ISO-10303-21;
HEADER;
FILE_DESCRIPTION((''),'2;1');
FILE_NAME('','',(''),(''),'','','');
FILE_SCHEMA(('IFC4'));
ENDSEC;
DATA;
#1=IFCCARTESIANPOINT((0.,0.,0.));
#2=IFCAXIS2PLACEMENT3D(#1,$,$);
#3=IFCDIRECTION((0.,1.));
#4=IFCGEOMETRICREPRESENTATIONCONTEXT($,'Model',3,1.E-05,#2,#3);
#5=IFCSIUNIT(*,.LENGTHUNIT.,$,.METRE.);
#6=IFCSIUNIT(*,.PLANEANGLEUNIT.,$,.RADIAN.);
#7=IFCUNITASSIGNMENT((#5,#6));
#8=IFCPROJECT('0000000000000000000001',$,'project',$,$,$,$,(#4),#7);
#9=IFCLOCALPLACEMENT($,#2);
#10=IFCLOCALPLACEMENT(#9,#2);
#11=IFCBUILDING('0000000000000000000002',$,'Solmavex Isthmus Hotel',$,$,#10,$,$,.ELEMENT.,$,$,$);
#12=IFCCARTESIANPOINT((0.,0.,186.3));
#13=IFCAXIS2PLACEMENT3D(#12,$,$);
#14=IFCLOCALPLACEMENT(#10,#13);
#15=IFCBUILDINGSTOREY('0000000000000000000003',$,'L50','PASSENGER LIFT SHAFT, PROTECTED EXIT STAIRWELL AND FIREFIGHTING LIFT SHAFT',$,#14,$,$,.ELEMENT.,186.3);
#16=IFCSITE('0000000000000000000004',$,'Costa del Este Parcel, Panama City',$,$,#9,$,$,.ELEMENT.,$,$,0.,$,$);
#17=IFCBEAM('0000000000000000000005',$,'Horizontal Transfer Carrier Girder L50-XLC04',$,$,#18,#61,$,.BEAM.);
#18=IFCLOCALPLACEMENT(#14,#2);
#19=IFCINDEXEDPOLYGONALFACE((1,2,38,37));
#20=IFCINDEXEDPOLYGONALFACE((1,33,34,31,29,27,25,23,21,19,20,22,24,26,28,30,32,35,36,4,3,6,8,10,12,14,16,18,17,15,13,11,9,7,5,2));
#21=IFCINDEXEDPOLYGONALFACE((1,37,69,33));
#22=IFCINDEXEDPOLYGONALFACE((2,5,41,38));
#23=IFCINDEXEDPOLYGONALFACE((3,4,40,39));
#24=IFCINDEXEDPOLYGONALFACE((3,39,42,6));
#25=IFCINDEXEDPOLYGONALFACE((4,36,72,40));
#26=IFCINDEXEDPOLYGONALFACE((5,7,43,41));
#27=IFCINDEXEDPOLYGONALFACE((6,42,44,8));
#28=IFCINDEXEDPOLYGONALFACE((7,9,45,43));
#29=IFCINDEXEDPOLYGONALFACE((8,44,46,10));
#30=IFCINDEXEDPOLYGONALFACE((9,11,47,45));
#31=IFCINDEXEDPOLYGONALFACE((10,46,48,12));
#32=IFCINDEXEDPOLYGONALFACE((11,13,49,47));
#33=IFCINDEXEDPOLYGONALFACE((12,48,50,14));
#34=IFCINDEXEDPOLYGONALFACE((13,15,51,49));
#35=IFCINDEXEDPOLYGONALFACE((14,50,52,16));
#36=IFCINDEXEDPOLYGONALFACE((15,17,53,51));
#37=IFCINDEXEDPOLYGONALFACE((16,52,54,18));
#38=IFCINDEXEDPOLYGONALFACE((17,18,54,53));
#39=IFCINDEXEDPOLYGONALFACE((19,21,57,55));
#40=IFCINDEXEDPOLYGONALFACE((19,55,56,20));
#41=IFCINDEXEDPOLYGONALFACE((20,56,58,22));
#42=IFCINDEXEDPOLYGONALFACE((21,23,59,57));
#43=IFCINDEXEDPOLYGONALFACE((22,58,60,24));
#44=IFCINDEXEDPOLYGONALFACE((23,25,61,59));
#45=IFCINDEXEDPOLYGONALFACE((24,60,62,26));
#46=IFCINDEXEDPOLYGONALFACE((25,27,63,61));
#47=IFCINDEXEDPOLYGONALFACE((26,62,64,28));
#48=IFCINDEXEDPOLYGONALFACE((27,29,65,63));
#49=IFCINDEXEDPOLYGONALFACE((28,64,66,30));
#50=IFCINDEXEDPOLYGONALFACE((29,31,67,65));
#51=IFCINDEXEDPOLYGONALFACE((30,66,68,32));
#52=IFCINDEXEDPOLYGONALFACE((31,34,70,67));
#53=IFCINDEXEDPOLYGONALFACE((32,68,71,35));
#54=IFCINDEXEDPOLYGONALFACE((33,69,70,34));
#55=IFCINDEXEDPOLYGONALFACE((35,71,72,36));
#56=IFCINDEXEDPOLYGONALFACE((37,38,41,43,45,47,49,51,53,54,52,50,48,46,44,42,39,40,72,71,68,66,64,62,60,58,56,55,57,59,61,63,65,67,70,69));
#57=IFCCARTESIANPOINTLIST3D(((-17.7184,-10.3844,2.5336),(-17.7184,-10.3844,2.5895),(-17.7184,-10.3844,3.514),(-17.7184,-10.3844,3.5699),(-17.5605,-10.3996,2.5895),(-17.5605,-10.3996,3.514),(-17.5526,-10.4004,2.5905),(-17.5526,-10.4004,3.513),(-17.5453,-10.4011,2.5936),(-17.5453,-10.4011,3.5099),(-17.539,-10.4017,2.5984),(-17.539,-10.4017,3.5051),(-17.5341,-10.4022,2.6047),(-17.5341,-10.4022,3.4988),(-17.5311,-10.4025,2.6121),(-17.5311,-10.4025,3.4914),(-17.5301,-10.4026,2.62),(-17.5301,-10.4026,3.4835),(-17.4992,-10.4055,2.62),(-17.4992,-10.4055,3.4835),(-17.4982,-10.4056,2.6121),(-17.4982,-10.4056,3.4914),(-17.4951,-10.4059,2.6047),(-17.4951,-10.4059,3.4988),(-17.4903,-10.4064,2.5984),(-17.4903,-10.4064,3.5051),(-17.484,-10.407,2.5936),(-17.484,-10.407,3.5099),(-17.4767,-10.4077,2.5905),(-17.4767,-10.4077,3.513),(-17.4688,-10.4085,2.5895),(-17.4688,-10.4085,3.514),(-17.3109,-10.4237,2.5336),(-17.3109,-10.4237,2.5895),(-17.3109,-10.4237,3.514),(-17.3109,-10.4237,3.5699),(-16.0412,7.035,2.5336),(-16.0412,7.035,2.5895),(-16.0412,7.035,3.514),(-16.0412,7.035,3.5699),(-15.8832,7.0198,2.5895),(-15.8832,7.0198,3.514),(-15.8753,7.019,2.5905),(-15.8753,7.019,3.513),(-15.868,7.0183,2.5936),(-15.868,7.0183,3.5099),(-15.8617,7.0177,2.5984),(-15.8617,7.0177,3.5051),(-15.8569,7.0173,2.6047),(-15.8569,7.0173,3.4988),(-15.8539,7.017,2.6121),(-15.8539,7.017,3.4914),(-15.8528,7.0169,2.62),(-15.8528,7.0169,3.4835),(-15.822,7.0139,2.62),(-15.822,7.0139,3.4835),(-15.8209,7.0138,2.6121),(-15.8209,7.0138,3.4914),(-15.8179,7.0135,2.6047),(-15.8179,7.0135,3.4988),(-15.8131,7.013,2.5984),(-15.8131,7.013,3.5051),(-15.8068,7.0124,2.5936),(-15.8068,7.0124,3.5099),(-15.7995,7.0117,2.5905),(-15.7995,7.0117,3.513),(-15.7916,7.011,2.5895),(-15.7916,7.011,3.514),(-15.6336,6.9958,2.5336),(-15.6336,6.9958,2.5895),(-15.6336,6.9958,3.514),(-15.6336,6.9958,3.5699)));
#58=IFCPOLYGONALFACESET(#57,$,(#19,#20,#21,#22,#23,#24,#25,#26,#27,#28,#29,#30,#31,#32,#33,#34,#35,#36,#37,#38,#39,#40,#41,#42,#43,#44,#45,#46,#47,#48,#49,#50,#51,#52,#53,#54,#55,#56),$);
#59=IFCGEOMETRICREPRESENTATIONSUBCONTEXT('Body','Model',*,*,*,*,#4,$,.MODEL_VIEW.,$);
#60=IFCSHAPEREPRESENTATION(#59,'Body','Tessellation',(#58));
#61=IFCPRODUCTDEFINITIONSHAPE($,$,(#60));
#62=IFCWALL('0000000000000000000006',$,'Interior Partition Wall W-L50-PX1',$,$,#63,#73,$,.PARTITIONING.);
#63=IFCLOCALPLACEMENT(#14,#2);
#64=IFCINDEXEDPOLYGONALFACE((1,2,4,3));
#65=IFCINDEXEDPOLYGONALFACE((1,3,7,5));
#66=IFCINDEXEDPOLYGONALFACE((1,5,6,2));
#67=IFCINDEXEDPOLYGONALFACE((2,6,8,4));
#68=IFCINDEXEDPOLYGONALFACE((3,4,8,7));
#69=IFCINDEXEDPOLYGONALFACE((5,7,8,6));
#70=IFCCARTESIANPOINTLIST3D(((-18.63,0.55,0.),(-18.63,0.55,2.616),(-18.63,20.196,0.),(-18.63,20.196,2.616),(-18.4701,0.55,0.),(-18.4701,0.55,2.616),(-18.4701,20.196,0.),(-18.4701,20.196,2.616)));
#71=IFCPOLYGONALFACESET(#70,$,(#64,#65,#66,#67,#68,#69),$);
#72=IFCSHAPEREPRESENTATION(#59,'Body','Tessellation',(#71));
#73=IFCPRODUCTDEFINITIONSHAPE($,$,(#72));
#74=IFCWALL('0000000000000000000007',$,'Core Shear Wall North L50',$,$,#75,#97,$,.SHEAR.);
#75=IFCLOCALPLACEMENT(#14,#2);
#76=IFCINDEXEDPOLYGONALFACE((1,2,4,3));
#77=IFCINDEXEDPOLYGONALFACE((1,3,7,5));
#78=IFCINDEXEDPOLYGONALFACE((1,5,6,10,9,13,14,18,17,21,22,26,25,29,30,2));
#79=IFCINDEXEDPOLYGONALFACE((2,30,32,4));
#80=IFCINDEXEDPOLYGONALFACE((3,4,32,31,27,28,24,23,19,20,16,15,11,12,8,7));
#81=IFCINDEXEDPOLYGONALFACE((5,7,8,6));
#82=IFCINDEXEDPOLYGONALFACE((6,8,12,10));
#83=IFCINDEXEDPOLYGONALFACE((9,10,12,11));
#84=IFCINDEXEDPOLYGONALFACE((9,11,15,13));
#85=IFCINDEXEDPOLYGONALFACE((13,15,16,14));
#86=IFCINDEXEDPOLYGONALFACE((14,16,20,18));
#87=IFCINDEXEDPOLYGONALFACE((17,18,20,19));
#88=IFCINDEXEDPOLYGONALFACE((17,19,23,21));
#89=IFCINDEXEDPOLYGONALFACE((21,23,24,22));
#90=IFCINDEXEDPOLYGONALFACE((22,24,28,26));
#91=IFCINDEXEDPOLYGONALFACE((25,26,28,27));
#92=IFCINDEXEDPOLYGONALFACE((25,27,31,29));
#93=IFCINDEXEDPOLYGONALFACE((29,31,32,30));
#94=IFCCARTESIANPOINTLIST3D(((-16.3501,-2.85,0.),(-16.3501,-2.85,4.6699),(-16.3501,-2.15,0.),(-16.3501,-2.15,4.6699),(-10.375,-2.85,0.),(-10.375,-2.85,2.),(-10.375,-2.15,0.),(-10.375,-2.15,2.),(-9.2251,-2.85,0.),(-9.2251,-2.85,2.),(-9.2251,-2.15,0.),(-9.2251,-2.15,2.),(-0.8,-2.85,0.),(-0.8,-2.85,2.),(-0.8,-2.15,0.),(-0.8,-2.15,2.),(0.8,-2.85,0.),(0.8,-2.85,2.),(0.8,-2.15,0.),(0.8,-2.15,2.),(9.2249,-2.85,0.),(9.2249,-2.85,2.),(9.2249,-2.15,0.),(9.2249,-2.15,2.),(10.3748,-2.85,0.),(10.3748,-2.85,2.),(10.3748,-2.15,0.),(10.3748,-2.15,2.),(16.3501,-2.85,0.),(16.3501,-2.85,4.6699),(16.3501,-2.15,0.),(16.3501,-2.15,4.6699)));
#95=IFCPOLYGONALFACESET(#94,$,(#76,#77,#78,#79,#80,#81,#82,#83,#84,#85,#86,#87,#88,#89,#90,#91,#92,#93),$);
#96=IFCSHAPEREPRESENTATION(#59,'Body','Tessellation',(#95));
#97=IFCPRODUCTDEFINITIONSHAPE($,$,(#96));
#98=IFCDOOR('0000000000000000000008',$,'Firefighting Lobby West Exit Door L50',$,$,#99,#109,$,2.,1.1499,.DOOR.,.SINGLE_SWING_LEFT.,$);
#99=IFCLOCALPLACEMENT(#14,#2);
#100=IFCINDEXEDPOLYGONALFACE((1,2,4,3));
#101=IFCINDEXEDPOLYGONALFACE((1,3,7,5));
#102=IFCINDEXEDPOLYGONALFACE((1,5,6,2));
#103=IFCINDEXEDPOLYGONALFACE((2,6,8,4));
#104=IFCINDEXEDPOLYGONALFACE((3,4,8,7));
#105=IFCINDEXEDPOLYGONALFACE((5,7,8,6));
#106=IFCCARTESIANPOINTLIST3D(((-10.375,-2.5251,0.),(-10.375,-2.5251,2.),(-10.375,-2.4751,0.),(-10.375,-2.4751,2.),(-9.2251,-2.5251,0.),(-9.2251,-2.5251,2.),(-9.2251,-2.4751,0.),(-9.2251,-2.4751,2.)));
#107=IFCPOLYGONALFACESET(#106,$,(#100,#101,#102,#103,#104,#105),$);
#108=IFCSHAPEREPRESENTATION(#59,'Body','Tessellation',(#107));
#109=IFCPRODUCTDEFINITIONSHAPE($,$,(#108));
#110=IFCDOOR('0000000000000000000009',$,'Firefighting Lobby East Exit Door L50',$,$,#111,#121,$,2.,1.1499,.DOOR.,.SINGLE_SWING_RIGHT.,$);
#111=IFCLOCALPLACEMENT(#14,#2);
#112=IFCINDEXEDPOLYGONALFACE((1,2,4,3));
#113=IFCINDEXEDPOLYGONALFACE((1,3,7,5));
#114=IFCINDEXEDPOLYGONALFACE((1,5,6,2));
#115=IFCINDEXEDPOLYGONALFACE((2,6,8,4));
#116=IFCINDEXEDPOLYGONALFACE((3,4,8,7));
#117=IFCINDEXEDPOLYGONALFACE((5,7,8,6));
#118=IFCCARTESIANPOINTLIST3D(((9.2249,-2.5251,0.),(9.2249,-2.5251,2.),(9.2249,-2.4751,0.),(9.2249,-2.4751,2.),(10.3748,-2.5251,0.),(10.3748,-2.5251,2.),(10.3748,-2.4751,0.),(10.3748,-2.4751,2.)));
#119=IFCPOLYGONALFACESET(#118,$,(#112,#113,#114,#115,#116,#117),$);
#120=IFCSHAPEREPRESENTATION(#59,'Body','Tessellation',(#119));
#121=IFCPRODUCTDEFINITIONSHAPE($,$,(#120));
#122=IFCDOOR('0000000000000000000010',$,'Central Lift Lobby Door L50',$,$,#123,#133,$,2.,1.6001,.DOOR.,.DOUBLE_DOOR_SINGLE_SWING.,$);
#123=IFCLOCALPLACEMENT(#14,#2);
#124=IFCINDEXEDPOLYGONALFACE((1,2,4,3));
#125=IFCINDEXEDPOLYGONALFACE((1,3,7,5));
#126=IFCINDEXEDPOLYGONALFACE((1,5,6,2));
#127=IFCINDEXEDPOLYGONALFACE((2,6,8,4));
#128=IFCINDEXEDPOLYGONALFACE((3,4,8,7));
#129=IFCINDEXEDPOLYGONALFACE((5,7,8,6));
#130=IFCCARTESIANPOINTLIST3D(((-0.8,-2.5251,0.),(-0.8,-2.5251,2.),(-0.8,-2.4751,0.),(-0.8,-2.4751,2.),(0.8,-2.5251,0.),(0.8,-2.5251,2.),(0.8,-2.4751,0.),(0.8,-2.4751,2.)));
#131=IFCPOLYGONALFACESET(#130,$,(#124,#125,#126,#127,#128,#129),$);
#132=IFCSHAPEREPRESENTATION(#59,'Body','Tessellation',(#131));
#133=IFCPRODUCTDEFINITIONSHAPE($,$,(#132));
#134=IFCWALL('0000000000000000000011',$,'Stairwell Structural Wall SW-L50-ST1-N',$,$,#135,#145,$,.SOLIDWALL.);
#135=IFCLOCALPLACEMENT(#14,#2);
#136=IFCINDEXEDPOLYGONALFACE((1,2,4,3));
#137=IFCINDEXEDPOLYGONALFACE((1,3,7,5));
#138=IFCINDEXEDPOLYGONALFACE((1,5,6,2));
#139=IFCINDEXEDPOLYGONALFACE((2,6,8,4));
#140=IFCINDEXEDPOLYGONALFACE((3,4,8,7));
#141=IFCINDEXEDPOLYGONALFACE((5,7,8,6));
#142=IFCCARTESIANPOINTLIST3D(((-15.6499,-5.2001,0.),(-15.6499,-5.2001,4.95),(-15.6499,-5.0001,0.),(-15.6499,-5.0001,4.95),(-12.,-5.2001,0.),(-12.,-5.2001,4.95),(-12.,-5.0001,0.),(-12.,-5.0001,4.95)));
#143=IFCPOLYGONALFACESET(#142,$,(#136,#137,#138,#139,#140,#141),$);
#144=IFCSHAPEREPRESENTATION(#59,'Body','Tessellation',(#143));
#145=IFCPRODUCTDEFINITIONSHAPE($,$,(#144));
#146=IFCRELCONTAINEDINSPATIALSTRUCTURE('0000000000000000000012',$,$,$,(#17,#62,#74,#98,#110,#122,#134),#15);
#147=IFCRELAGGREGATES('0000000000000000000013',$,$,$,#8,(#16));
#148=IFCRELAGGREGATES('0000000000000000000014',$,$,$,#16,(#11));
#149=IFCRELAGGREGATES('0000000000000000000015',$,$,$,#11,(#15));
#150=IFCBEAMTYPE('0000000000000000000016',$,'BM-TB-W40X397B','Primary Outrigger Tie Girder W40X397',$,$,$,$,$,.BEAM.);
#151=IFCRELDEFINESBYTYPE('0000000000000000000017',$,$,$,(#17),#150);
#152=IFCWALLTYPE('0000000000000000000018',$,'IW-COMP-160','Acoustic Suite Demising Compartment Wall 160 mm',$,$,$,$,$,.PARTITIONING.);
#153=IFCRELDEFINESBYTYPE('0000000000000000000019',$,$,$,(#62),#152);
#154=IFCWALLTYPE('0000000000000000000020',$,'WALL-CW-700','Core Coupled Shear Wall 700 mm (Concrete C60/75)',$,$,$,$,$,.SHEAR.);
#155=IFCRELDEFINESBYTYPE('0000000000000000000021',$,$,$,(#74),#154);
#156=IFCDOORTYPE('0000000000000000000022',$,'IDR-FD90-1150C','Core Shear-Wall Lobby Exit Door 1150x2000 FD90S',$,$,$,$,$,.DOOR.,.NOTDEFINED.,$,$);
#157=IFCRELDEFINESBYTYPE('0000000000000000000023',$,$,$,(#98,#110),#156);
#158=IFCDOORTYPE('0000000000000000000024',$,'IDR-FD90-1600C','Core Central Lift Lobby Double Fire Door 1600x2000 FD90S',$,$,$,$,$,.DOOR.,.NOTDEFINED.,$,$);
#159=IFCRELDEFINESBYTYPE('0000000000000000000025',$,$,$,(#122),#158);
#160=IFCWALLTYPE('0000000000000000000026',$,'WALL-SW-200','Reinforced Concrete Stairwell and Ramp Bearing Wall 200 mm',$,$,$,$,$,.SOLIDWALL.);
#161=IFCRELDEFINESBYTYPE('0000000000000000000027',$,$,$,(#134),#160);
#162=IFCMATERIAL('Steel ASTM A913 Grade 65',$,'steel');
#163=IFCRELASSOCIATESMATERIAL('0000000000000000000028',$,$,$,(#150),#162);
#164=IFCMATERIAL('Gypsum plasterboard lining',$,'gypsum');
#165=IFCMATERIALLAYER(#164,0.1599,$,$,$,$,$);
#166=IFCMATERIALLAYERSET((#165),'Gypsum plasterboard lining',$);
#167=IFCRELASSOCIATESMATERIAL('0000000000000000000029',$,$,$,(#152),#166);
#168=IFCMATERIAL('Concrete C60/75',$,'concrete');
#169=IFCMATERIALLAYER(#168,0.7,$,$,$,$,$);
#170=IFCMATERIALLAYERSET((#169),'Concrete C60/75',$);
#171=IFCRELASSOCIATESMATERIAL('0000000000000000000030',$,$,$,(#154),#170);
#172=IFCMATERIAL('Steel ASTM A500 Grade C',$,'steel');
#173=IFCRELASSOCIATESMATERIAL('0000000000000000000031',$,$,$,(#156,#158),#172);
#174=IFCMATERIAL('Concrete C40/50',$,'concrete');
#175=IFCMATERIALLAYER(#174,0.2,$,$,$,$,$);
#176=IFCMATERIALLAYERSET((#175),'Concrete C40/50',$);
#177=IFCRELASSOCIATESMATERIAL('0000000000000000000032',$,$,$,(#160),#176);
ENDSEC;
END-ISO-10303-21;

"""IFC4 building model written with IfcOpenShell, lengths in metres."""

from ifc_helpers import new_model, si_unit, direction, frame, frame_2d, origin, origin_2d, place, context, subcontext, project, spatial, rectangle, i_section, extrude, material, layer, layer_set, material_profile, profile_set, type_object, element, fill, save


model = new_model("IFC4")

# Units and contexts
model_context = context("Model", 3, precision=1e-05, world=origin(), true_north=direction((0.0, 1.0)))
body_context = subcontext(model_context, "Body", "Model", "MODEL_VIEW")
ifc_project = project(units=[si_unit("LENGTHUNIT", "METRE"), si_unit("PLANEANGLEUNIT", "RADIAN")], contexts=[model_context])

# Site, building, storey
site_placement = place(None, origin())
site = spatial("IfcSite", under=ifc_project, at=site_placement, Name="Costa del Este Parcel, Panama City", CompositionType="ELEMENT", RefElevation=0.0)
building_placement = place(site_placement, origin())
building = spatial("IfcBuilding", under=site, at=building_placement, Name="Solmavex Isthmus Hotel", CompositionType="ELEMENT")
storey_placement = place(building_placement, frame((0.0, 0.0, 186.3)))
storey = spatial("IfcBuildingStorey", under=building, at=storey_placement, Name="L50", Description="PASSENGER LIFT SHAFT, PROTECTED EXIT STAIRWELL AND FIREFIGHTING LIFT SHAFT", CompositionType="ELEMENT", Elevation=186.3)

# Shared definitions
ifc_material_1 = material(Name="Concrete C60/75", Category="concrete")

# Beam
ifc_material_2 = material(Name="Steel ASTM A913 Grade 65", Category="steel")
ifc_material_profile_1 = material_profile(ifc_material_2, i_section(OverallWidth=0.4094, OverallDepth=1.0364, WebThickness=0.031, FlangeThickness=0.0559, FilletRadius=0.0305, at=origin_2d()), Name="W40X397")
ifc_profile_set_1 = profile_set([ifc_material_profile_1], Name="Steel ASTM A913 Grade 65")
beam_type_1 = type_object("IfcBeamType", Name="BM-TB-W40X397B", Description="Primary Outrigger Tie Girder W40X397", PredefinedType="BEAM", material=ifc_profile_set_1)
beam_1_placement = place(storey_placement, frame((-17.5146, -10.4041, 3.0518), z_axis=(0.095843, 0.995396, 0.0), x_axis=(-0.995396, 0.095843, 0.0)))
element("IfcBeam", 1, at=beam_1_placement, inside=storey, type_object=beam_type_1, Name="Horizontal Transfer Carrier Girder L50-XLC04", PredefinedType="BEAM", context=body_context, shape_type="SweptSolid", body=[
    extrude(i_section(OverallWidth=0.4094, OverallDepth=1.0364, WebThickness=0.031, FlangeThickness=0.0559, FilletRadius=0.0305, at=origin_2d()), origin(), (0.0, 0.0, 1.0), 17.5),
])

# Wall
ifc_material_3 = material(Name="Gypsum plasterboard lining", Category="gypsum")
ifc_layer_1 = layer(ifc_material_3, 0.1599)
ifc_layer_set_1 = layer_set([ifc_layer_1], Name="Gypsum plasterboard lining")
wall_type_1 = type_object("IfcWallType", Name="IW-COMP-160", Description="Acoustic Suite Demising Compartment Wall 160 mm", PredefinedType="PARTITIONING", material=ifc_layer_set_1)
wall_1_placement = place(storey_placement, frame((-18.55, 0.55, 0.0), z_axis=(0.0, 0.0, 1.0), x_axis=(0.0, 1.0, 0.0)))
element("IfcWall", 2, at=wall_1_placement, inside=storey, type_object=wall_type_1, Name="Interior Partition Wall W-L50-PX1", PredefinedType="PARTITIONING", context=body_context, shape_type="SweptSolid", body=[
    extrude(rectangle(XDim=19.646, YDim=0.1599, at=frame_2d((9.823, 0.0))), origin(), (0.0, 0.0, 1.0), 2.616),
])

# Wall, openings, doors
ifc_layer_2 = layer(ifc_material_1, 0.7)
ifc_layer_set_2 = layer_set([ifc_layer_2], Name="Concrete C60/75")
wall_type_2 = type_object("IfcWallType", Name="WALL-CW-700", Description="Core Coupled Shear Wall 700 mm (Concrete C60/75)", PredefinedType="SHEAR", material=ifc_layer_set_2)
wall_2_placement = place(storey_placement, frame((-16.3501, -2.5, 0.0), z_axis=(0.0, 0.0, 1.0), x_axis=(1.0, 0.0, 0.0)))
wall_2 = element("IfcWall", 3, at=wall_2_placement, inside=storey, type_object=wall_type_2, Name="Core Shear Wall North L50", PredefinedType="SHEAR", context=body_context, shape_type="SweptSolid", body=[
    extrude(rectangle(XDim=32.7002, YDim=0.7, at=frame_2d((16.3501, 0.0))), origin(), (0.0, 0.0, 1.0), 4.6699),
])
opening_1_placement = place(wall_2_placement, frame((5.9751, 0.0, 0.0)))
opening_1 = element("IfcOpeningElement", 4, at=opening_1_placement, cuts=wall_2, PredefinedType="OPENING", context=body_context, shape_type="SweptSolid", body=[
    extrude(rectangle(XDim=1.1499, YDim=2.0, at=frame_2d((0.575, 1.0))), frame((0.0, 0.3599, 0.0), z_axis=(0.0, -1.0, 0.0), x_axis=(1.0, 0.0, 0.0)), (0.0, 0.0, 1.0), 0.72),
])
opening_2_placement = place(wall_2_placement, frame((15.55, 0.0, 0.0)))
opening_2 = element("IfcOpeningElement", 5, at=opening_2_placement, cuts=wall_2, PredefinedType="OPENING", context=body_context, shape_type="SweptSolid", body=[
    extrude(rectangle(XDim=1.6001, YDim=2.0, at=frame_2d((0.8, 1.0))), frame((0.0, 0.3599, 0.0), z_axis=(0.0, -1.0, 0.0), x_axis=(1.0, 0.0, 0.0)), (0.0, 0.0, 1.0), 0.72),
])
opening_3_placement = place(wall_2_placement, frame((25.575, 0.0, 0.0)))
opening_3 = element("IfcOpeningElement", 6, at=opening_3_placement, cuts=wall_2, PredefinedType="OPENING", context=body_context, shape_type="SweptSolid", body=[
    extrude(rectangle(XDim=1.1499, YDim=2.0, at=frame_2d((0.575, 1.0))), frame((0.0, 0.3599, 0.0), z_axis=(0.0, -1.0, 0.0), x_axis=(1.0, 0.0, 0.0)), (0.0, 0.0, 1.0), 0.72),
])
ifc_material_4 = material(Name="Steel ASTM A500 Grade C", Category="steel")
door_type_1 = type_object("IfcDoorType", Name="IDR-FD90-1150C", Description="Core Shear-Wall Lobby Exit Door 1150x2000 FD90S", OperationType="NOTDEFINED", PredefinedType="DOOR", material=ifc_material_4)
door_1_placement = place(opening_1_placement, origin())
door_1 = element("IfcDoor", 7, at=door_1_placement, inside=storey, type_object=door_type_1, Name="Firefighting Lobby West Exit Door L50", OperationType="SINGLE_SWING_LEFT", OverallHeight=2.0, OverallWidth=1.1499, PredefinedType="DOOR", context=body_context, shape_type="SweptSolid", body=[
    extrude(rectangle(XDim=1.1499, YDim=2.0, at=frame_2d((0.575, 1.0))), frame((0.0, 0.0249, 0.0), z_axis=(0.0, -1.0, 0.0), x_axis=(1.0, 0.0, 0.0)), (0.0, 0.0, 1.0), 0.05),
])
fill(opening_1, door_1)
door_2_placement = place(opening_3_placement, origin())
door_2 = element("IfcDoor", 8, at=door_2_placement, inside=storey, type_object=door_type_1, Name="Firefighting Lobby East Exit Door L50", OperationType="SINGLE_SWING_RIGHT", OverallHeight=2.0, OverallWidth=1.1499, PredefinedType="DOOR", context=body_context, shape_type="SweptSolid", body=[
    extrude(rectangle(XDim=1.1499, YDim=2.0, at=frame_2d((0.575, 1.0))), frame((0.0, 0.0249, 0.0), z_axis=(0.0, -1.0, 0.0), x_axis=(1.0, 0.0, 0.0)), (0.0, 0.0, 1.0), 0.05),
])
fill(opening_3, door_2)
door_type_2 = type_object("IfcDoorType", Name="IDR-FD90-1600C", Description="Core Central Lift Lobby Double Fire Door 1600x2000 FD90S", OperationType="NOTDEFINED", PredefinedType="DOOR", material=ifc_material_4)
door_3_placement = place(opening_2_placement, origin())
door_3 = element("IfcDoor", 9, at=door_3_placement, inside=storey, type_object=door_type_2, Name="Central Lift Lobby Door L50", OperationType="DOUBLE_DOOR_SINGLE_SWING", OverallHeight=2.0, OverallWidth=1.6001, PredefinedType="DOOR", context=body_context, shape_type="SweptSolid", body=[
    extrude(rectangle(XDim=1.6001, YDim=2.0, at=frame_2d((0.8, 1.0))), frame((0.0, 0.0249, 0.0), z_axis=(0.0, -1.0, 0.0), x_axis=(1.0, 0.0, 0.0)), (0.0, 0.0, 1.0), 0.05),
])
fill(opening_2, door_3)

# Wall
ifc_material_5 = material(Name="Concrete C40/50", Category="concrete")
ifc_layer_3 = layer(ifc_material_5, 0.2)
ifc_layer_set_3 = layer_set([ifc_layer_3], Name="Concrete C40/50")
wall_type_3 = type_object("IfcWallType", Name="WALL-SW-200", Description="Reinforced Concrete Stairwell and Ramp Bearing Wall 200 mm", PredefinedType="SOLIDWALL", material=ifc_layer_set_3)
wall_3_placement = place(storey_placement, frame((-15.6499, -5.1001, 0.0), z_axis=(0.0, 0.0, 1.0), x_axis=(1.0, 0.0, 0.0)))
element("IfcWall", 10, at=wall_3_placement, inside=storey, type_object=wall_type_3, Name="Stairwell Structural Wall SW-L50-ST1-N", PredefinedType="SOLIDWALL", context=body_context, shape_type="SweptSolid", body=[
    extrude(rectangle(XDim=3.6499, YDim=0.2, at=frame_2d((1.825, 0.0))), origin(), (0.0, 0.0, 1.0), 4.95),
])

save(model, "model.ifc")
